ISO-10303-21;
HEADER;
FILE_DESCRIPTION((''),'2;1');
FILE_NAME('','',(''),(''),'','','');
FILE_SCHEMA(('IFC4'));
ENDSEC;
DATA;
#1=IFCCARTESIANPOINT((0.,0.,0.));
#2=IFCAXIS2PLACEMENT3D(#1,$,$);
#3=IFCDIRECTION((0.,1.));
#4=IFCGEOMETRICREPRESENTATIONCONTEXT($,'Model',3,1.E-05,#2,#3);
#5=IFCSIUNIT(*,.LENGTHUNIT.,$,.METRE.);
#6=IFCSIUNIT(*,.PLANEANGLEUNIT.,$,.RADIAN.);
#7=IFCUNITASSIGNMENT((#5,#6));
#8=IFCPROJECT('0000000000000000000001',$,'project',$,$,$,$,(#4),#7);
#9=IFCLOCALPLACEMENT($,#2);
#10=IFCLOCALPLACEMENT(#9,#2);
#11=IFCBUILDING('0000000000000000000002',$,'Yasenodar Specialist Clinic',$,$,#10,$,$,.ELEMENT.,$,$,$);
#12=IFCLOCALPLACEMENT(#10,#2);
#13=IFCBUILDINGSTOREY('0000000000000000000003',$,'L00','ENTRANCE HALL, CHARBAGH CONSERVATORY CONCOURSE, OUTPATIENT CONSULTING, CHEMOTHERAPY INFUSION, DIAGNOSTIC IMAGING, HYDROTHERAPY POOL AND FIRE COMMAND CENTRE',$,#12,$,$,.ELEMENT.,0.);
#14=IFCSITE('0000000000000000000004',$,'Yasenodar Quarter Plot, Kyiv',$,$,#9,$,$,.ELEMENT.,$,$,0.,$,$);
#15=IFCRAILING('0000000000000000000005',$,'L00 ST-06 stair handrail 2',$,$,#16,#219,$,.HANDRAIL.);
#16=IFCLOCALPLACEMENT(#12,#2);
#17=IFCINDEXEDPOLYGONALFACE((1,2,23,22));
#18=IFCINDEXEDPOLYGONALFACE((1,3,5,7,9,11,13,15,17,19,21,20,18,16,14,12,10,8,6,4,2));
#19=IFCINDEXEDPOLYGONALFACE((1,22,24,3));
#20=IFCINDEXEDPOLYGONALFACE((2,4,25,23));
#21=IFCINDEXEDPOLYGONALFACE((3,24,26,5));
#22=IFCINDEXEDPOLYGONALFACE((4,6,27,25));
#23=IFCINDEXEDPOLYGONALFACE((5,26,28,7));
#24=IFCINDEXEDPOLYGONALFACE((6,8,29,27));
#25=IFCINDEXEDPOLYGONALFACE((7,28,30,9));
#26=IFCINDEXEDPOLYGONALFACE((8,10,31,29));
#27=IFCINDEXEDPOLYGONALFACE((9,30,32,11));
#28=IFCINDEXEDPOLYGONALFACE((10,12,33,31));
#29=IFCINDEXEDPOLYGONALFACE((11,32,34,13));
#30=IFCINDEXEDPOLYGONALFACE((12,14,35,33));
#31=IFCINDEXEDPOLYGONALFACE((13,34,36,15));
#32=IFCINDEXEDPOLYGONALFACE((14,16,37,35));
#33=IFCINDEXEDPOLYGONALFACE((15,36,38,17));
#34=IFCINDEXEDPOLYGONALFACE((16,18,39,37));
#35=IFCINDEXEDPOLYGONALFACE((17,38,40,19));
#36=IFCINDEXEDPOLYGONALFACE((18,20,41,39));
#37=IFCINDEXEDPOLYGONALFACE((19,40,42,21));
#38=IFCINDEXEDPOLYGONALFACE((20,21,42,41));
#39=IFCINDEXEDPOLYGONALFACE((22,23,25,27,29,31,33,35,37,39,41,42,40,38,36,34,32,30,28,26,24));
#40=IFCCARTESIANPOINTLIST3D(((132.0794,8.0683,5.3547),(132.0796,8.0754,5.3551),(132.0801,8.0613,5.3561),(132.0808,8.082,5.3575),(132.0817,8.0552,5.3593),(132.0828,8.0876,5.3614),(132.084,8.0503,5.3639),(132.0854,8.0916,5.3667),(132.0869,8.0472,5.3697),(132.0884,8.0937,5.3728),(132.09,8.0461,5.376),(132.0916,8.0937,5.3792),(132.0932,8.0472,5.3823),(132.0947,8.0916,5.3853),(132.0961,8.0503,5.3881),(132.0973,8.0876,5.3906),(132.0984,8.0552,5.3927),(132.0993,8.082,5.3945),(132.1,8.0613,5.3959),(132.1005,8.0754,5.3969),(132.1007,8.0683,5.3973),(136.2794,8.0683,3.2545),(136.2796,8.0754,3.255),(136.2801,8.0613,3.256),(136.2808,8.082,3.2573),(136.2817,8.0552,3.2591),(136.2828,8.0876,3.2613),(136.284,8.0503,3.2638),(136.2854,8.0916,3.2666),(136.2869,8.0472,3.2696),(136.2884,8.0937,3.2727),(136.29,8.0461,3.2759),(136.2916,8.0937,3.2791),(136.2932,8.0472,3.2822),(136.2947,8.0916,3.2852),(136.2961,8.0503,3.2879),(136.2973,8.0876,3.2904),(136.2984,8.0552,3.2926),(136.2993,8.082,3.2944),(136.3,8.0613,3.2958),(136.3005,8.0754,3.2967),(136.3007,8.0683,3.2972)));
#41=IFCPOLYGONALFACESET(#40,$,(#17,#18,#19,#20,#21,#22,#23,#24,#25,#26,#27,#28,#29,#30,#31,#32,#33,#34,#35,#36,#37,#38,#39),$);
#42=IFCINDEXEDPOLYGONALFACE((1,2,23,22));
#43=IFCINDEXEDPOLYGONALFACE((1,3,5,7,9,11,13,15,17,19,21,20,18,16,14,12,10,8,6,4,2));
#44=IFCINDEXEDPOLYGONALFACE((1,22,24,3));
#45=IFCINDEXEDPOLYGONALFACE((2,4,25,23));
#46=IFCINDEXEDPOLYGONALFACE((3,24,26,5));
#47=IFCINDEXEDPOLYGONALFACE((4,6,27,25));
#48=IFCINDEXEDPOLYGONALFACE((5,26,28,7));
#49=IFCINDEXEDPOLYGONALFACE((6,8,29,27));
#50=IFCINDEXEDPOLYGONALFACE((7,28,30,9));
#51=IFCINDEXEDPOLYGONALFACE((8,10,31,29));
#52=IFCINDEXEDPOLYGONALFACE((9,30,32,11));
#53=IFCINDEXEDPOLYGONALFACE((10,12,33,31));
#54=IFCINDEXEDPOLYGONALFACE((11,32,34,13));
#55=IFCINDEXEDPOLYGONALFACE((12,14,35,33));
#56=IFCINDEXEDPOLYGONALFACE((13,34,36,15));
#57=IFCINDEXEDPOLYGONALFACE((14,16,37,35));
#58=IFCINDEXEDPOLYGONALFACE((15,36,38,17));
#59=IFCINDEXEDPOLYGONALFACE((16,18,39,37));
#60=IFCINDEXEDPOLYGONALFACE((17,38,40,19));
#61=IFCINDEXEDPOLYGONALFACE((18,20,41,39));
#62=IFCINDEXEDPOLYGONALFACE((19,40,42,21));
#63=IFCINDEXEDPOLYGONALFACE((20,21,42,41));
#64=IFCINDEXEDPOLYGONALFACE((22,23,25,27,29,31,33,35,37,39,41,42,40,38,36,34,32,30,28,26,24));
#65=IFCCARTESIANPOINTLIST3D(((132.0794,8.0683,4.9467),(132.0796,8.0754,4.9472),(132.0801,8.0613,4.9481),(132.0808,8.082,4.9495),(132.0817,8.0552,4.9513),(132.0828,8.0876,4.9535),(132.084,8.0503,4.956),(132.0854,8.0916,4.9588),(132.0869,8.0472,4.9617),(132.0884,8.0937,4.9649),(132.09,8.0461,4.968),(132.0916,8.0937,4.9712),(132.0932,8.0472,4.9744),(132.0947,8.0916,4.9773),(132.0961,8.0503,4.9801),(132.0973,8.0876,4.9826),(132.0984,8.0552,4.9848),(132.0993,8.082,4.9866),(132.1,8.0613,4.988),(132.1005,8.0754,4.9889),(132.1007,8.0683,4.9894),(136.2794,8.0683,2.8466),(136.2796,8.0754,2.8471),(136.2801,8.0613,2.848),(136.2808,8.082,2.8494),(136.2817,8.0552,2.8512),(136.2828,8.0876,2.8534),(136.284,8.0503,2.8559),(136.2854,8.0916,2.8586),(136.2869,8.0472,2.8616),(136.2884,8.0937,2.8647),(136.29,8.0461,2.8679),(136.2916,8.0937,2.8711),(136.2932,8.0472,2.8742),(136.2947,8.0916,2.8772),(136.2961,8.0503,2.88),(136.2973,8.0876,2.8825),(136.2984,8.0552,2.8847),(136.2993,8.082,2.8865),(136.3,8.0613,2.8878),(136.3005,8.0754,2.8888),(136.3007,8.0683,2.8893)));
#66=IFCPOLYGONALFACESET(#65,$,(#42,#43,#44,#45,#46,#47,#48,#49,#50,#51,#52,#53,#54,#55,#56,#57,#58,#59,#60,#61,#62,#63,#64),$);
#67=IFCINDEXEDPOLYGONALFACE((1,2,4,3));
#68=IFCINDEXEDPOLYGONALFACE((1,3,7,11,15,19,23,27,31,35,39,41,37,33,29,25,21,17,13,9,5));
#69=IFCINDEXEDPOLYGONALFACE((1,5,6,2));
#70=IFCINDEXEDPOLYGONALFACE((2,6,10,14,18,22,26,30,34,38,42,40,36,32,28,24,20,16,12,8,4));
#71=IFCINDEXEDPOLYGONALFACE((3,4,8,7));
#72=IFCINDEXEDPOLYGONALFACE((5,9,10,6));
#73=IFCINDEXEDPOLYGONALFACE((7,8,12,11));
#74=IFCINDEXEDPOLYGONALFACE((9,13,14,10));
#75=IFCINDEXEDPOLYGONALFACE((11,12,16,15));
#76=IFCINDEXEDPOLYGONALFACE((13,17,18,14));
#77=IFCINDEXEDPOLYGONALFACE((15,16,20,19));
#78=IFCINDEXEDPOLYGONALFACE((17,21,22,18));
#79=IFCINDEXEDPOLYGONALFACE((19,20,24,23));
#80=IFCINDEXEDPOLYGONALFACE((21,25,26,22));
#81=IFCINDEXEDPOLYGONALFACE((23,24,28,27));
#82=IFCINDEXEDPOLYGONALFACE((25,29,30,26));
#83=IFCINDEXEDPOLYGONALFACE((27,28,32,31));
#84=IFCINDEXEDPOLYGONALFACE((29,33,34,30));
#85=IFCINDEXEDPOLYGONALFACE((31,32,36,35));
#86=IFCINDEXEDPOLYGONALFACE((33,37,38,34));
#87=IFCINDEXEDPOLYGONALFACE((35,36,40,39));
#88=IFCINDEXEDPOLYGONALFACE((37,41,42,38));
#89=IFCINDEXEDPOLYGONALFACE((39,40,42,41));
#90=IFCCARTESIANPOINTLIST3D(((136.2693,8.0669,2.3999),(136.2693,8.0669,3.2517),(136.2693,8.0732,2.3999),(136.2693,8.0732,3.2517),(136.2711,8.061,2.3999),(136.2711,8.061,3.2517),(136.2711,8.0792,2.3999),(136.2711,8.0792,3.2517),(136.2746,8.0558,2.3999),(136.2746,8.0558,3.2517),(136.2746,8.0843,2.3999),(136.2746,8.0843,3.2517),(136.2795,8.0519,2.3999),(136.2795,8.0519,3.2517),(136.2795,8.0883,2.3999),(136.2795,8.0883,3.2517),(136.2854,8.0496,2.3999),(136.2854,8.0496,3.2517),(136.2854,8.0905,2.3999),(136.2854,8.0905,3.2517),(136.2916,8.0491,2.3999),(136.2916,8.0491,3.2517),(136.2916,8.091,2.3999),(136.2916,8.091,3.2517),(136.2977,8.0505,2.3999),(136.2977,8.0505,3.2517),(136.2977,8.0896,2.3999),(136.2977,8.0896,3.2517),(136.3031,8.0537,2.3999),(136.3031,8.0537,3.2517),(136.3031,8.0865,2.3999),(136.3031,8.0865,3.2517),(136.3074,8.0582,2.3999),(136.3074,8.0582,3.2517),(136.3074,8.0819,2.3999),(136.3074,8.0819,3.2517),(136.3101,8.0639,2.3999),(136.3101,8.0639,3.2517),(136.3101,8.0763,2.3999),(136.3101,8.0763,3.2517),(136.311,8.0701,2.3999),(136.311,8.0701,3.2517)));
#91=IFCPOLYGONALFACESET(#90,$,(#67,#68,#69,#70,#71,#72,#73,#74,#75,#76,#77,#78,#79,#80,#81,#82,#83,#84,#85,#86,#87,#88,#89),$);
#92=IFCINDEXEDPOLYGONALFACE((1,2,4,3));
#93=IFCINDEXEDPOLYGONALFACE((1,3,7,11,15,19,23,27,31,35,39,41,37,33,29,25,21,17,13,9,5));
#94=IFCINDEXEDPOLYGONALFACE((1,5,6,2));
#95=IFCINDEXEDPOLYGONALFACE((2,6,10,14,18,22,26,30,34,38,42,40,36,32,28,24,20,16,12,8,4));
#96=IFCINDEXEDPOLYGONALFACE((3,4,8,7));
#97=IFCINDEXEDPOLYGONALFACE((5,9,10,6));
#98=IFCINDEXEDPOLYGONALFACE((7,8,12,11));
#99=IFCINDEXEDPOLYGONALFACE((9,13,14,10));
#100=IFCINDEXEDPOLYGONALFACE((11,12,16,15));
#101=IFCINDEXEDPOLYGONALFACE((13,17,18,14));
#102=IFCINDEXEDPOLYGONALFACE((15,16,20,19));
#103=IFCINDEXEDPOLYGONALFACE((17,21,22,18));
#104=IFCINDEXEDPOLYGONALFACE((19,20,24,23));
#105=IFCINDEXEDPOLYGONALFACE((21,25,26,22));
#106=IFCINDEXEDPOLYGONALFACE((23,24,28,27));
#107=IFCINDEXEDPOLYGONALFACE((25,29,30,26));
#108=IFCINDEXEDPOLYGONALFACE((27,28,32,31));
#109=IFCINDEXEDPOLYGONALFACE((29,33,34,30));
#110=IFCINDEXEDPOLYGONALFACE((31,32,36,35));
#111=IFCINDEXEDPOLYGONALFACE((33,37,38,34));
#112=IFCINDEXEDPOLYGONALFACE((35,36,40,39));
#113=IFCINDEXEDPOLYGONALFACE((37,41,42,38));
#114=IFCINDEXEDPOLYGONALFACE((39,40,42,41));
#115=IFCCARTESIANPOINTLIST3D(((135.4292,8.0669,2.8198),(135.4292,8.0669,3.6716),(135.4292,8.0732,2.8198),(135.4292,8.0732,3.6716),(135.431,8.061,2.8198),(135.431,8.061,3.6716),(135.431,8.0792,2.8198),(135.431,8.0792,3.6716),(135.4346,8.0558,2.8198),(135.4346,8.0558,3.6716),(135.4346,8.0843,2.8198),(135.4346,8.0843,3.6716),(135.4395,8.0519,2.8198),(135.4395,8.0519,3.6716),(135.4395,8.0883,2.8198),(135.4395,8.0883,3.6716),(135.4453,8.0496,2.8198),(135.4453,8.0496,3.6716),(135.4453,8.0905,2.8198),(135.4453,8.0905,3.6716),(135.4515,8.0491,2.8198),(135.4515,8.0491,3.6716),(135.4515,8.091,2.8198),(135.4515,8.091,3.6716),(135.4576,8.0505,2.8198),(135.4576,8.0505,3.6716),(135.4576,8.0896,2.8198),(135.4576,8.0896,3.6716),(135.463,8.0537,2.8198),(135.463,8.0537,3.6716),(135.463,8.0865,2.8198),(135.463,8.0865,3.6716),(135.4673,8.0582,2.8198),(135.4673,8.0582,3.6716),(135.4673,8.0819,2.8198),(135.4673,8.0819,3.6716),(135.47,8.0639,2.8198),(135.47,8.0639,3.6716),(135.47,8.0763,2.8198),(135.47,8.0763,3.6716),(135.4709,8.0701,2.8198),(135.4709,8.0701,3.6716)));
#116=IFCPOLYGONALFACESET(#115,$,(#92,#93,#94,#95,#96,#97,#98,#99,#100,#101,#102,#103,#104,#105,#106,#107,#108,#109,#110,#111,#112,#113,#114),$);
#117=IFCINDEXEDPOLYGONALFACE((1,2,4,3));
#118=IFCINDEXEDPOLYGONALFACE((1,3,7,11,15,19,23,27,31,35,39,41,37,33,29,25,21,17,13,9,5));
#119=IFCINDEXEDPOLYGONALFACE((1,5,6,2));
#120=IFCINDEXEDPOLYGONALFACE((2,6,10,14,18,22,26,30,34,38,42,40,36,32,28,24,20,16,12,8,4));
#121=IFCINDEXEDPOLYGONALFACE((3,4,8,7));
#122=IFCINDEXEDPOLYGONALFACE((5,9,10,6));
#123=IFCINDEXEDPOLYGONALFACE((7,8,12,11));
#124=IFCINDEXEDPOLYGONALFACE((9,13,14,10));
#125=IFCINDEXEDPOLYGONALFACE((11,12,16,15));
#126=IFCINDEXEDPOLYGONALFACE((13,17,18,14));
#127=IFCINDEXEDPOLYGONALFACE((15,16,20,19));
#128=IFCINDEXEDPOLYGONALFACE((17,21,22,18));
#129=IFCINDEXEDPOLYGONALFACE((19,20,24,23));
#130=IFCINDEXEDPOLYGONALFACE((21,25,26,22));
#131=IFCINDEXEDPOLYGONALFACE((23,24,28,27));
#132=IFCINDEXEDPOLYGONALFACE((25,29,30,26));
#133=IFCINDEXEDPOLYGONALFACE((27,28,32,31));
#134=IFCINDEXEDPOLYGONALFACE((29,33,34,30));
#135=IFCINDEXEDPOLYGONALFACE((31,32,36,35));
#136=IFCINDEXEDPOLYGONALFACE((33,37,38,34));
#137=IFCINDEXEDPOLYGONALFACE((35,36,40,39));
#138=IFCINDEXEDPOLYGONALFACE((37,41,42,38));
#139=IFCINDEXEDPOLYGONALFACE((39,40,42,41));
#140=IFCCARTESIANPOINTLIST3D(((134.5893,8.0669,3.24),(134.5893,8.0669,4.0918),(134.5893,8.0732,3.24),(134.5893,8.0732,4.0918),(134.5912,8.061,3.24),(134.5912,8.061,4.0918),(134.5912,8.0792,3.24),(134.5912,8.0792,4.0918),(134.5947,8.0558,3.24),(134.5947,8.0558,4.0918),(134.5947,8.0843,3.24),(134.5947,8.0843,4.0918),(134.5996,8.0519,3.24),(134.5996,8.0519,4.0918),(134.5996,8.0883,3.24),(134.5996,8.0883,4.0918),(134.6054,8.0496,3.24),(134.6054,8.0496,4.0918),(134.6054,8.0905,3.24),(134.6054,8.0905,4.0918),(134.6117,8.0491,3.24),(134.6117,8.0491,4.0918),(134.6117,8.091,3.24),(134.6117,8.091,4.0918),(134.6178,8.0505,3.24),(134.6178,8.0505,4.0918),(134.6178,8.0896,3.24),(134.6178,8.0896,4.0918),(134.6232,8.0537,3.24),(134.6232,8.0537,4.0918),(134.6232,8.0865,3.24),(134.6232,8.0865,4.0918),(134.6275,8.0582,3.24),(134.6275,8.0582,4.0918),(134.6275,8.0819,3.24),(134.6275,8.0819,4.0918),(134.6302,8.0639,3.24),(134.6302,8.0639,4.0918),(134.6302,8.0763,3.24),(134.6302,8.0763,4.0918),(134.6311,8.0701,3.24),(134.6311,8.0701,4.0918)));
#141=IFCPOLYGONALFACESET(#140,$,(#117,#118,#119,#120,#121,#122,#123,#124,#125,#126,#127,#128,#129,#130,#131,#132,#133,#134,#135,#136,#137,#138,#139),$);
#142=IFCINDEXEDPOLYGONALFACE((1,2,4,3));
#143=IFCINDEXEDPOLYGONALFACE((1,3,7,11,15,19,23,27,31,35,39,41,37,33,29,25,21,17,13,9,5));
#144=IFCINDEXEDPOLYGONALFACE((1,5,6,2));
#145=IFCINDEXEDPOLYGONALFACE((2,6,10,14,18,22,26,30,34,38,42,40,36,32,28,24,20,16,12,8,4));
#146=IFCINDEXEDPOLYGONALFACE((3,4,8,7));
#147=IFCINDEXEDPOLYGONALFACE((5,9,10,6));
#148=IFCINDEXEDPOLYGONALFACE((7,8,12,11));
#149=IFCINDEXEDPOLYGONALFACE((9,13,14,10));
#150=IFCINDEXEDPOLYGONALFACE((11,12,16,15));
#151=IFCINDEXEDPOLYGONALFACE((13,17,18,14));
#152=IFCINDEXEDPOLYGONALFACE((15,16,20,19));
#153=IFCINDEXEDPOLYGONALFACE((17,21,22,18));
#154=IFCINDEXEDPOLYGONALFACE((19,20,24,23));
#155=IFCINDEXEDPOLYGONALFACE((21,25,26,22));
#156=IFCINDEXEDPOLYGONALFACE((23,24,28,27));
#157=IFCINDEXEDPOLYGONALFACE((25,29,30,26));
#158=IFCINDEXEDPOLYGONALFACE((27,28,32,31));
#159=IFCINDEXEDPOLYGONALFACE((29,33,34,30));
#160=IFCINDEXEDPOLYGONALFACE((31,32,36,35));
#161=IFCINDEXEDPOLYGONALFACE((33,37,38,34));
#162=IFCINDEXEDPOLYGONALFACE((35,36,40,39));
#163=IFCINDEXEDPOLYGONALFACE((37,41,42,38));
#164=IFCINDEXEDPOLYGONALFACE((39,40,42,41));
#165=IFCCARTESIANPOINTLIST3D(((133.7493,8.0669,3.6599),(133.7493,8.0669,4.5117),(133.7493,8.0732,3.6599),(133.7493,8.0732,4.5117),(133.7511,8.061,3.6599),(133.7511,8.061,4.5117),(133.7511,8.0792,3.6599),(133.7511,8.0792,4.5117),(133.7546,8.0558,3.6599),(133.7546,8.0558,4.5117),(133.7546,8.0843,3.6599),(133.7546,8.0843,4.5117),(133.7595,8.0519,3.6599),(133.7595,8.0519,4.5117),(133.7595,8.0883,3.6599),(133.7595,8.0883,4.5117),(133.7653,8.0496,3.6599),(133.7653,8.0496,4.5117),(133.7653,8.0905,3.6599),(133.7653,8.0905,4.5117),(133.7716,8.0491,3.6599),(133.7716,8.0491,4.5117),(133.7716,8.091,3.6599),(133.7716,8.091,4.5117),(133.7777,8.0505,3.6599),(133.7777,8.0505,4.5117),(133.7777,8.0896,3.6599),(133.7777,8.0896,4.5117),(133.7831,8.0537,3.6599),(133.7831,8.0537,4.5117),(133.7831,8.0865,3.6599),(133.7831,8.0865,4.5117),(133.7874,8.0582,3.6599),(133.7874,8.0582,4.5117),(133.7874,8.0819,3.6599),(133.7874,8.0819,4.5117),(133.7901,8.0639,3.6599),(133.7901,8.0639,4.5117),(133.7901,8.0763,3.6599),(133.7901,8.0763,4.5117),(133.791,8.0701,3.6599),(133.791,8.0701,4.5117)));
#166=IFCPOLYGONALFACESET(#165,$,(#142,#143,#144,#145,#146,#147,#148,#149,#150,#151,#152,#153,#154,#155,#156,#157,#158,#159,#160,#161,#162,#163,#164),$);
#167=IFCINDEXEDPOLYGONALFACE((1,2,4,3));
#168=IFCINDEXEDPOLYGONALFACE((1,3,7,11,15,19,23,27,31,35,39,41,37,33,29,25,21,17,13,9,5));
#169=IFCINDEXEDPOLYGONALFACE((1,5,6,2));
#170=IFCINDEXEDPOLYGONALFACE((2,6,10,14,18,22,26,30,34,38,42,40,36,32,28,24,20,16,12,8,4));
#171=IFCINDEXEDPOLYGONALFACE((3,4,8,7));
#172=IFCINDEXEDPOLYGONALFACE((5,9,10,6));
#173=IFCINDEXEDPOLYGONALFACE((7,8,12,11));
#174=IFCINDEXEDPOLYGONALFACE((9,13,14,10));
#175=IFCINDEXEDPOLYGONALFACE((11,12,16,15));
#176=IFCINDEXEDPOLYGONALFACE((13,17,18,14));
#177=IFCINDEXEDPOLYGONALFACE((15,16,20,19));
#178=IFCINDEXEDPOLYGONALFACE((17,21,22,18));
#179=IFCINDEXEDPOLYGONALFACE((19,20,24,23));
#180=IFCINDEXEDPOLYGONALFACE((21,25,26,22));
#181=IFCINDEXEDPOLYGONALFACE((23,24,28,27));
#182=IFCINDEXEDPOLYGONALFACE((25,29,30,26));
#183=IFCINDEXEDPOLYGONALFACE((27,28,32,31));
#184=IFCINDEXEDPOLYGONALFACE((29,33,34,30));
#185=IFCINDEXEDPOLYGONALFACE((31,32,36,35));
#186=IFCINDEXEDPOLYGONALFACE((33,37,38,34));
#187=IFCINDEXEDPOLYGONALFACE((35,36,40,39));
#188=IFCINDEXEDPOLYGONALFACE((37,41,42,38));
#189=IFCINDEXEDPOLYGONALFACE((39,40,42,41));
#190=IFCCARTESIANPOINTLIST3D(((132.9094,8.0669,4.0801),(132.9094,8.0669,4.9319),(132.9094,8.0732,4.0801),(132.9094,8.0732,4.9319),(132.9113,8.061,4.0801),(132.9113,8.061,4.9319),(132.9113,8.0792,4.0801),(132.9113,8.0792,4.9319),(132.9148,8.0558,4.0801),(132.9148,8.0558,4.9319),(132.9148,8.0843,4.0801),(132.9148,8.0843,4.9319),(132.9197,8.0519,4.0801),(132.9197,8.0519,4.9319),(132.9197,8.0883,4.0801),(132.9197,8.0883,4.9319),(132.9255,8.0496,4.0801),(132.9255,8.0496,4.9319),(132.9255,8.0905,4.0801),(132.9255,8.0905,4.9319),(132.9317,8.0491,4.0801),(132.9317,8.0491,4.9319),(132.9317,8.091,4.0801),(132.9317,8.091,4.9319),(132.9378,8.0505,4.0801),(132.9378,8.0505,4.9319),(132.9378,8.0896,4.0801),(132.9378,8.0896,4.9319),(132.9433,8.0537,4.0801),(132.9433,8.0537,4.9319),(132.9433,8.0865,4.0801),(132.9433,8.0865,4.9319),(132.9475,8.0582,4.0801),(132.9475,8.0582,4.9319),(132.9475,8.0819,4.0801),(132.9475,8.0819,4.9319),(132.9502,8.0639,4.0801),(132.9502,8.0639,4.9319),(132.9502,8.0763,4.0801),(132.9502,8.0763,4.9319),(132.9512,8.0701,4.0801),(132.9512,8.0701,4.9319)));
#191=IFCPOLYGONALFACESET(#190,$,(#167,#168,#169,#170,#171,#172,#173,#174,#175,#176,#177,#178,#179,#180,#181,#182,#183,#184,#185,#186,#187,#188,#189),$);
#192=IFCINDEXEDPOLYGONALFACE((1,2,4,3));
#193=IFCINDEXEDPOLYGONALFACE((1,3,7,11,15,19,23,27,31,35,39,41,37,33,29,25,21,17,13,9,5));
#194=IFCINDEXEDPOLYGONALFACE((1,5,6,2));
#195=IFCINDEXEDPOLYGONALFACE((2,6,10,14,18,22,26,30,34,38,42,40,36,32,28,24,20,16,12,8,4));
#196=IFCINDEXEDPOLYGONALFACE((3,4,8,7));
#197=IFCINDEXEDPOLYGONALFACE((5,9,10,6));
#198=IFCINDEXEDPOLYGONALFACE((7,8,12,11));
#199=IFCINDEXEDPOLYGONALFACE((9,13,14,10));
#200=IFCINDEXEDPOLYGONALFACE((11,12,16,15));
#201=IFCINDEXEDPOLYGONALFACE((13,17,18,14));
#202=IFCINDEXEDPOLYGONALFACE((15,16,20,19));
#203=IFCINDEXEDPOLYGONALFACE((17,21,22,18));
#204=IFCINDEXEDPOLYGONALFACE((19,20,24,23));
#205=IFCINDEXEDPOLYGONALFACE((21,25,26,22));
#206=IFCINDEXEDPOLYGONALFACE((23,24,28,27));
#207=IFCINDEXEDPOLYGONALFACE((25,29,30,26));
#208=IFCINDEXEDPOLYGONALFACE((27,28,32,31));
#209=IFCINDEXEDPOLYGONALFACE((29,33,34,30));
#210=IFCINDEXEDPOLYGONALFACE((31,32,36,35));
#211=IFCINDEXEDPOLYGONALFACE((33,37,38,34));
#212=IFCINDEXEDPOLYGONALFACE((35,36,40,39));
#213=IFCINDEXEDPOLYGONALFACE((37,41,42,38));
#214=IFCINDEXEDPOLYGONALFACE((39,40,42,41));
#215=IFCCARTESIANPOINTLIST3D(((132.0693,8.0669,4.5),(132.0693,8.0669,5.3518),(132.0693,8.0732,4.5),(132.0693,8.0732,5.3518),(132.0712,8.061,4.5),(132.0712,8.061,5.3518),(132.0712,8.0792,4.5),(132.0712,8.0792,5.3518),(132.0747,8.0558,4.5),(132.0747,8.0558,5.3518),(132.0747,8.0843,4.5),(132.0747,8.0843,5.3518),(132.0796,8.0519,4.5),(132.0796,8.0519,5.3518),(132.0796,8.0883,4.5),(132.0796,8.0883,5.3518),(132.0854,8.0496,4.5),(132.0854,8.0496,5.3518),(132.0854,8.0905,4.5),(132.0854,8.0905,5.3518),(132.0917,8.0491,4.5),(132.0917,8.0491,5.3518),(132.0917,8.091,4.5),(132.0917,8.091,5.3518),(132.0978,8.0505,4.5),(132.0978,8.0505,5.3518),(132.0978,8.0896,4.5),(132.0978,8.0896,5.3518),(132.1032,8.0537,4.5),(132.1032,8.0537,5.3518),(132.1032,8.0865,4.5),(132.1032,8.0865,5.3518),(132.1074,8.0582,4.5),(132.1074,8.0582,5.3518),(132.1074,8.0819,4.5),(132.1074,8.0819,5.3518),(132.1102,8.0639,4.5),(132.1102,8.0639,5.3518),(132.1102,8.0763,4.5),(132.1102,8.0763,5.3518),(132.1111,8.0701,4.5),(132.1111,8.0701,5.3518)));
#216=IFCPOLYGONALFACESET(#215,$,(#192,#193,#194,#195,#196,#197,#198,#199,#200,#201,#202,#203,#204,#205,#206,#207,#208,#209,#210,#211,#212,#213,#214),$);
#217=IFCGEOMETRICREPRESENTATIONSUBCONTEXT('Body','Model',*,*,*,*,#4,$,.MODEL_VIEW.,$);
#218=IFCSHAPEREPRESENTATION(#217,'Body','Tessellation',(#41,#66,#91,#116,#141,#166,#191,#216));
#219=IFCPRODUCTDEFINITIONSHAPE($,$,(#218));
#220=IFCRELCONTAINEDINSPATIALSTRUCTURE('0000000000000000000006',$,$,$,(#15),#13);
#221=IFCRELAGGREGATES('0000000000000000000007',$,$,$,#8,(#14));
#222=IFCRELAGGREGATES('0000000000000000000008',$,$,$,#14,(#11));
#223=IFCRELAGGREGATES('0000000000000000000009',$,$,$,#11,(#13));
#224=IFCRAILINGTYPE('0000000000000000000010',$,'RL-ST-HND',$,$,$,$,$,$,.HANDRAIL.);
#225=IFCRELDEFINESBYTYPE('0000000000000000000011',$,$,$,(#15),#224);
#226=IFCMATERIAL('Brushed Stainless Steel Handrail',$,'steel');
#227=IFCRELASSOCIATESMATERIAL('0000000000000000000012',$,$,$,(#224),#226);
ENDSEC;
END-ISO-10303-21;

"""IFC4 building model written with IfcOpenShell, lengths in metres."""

from ifc_helpers import new_model, si_unit, direction, frame, origin, origin_2d, place, context, subcontext, project, spatial, circle, extrude, material, type_object, element, save


model = new_model("IFC4")

# Units and contexts
model_context = context("Model", 3, precision=1e-05, world=origin(), true_north=direction((0.0, 1.0)))
body_context = subcontext(model_context, "Body", "Model", "MODEL_VIEW")
ifc_project = project(units=[si_unit("LENGTHUNIT", "METRE"), si_unit("PLANEANGLEUNIT", "RADIAN")], contexts=[model_context])

# Site, building, storey
site_placement = place(None, origin())
site = spatial("IfcSite", under=ifc_project, at=site_placement, Name="Yasenodar Quarter Plot, Kyiv", CompositionType="ELEMENT", RefElevation=0.0)
building_placement = place(site_placement, origin())
building = spatial("IfcBuilding", under=site, at=building_placement, Name="Yasenodar Specialist Clinic", CompositionType="ELEMENT")
storey_placement = place(building_placement, origin())
storey = spatial("IfcBuildingStorey", under=building, at=storey_placement, Name="L00", Description="ENTRANCE HALL, CHARBAGH CONSERVATORY CONCOURSE, OUTPATIENT CONSULTING, CHEMOTHERAPY INFUSION, DIAGNOSTIC IMAGING, HYDROTHERAPY POOL AND FIRE COMMAND CENTRE", CompositionType="ELEMENT", Elevation=0.0)

# Railing
ifc_material_1 = material(Name="Brushed Stainless Steel Handrail", Category="steel")
railing_type_1 = type_object("IfcRailingType", Name="RL-ST-HND", PredefinedType="HANDRAIL", material=ifc_material_1)
railing_1_placement = place(storey_placement, frame((136.29, 8.0701, 2.3999)))
element("IfcRailing", 1, at=railing_1_placement, inside=storey, type_object=railing_type_1, Name="L00 ST-06 stair handrail 2", PredefinedType="HANDRAIL", context=body_context, shape_type="SweptSolid", body=[
    extrude(circle(Radius=0.0239, at=origin_2d()), frame((0.0, 0.0, 0.876), z_axis=(-0.894417, 0.0, 0.447234), x_axis=(0.0, -1.0, 0.0)), (0.0, 0.0, 1.0), 4.6958),
    extrude(circle(Radius=0.0239, at=origin_2d()), frame((0.0, 0.0, 0.468), z_axis=(-0.894417, 0.0, 0.447234), x_axis=(0.0, -1.0, 0.0)), (0.0, 0.0, 1.0), 4.6958),
    extrude(circle(Radius=0.021, at=origin_2d()), origin(), (0.0, 0.0, 1.0), 0.8518),
    extrude(circle(Radius=0.021, at=origin_2d()), frame((-0.8401, 0.0, 0.4199)), (0.0, 0.0, 1.0), 0.8518),
    extrude(circle(Radius=0.021, at=origin_2d()), frame((-1.6799, 0.0, 0.8401)), (0.0, 0.0, 1.0), 0.8518),
    extrude(circle(Radius=0.021, at=origin_2d()), frame((-2.52, 0.0, 1.26)), (0.0, 0.0, 1.0), 0.8518),
    extrude(circle(Radius=0.021, at=origin_2d()), frame((-3.3599, 0.0, 1.6802)), (0.0, 0.0, 1.0), 0.8518),
    extrude(circle(Radius=0.021, at=origin_2d()), frame((-4.2, 0.0, 2.1001)), (0.0, 0.0, 1.0), 0.8518),
])

save(model, "model.ifc")
